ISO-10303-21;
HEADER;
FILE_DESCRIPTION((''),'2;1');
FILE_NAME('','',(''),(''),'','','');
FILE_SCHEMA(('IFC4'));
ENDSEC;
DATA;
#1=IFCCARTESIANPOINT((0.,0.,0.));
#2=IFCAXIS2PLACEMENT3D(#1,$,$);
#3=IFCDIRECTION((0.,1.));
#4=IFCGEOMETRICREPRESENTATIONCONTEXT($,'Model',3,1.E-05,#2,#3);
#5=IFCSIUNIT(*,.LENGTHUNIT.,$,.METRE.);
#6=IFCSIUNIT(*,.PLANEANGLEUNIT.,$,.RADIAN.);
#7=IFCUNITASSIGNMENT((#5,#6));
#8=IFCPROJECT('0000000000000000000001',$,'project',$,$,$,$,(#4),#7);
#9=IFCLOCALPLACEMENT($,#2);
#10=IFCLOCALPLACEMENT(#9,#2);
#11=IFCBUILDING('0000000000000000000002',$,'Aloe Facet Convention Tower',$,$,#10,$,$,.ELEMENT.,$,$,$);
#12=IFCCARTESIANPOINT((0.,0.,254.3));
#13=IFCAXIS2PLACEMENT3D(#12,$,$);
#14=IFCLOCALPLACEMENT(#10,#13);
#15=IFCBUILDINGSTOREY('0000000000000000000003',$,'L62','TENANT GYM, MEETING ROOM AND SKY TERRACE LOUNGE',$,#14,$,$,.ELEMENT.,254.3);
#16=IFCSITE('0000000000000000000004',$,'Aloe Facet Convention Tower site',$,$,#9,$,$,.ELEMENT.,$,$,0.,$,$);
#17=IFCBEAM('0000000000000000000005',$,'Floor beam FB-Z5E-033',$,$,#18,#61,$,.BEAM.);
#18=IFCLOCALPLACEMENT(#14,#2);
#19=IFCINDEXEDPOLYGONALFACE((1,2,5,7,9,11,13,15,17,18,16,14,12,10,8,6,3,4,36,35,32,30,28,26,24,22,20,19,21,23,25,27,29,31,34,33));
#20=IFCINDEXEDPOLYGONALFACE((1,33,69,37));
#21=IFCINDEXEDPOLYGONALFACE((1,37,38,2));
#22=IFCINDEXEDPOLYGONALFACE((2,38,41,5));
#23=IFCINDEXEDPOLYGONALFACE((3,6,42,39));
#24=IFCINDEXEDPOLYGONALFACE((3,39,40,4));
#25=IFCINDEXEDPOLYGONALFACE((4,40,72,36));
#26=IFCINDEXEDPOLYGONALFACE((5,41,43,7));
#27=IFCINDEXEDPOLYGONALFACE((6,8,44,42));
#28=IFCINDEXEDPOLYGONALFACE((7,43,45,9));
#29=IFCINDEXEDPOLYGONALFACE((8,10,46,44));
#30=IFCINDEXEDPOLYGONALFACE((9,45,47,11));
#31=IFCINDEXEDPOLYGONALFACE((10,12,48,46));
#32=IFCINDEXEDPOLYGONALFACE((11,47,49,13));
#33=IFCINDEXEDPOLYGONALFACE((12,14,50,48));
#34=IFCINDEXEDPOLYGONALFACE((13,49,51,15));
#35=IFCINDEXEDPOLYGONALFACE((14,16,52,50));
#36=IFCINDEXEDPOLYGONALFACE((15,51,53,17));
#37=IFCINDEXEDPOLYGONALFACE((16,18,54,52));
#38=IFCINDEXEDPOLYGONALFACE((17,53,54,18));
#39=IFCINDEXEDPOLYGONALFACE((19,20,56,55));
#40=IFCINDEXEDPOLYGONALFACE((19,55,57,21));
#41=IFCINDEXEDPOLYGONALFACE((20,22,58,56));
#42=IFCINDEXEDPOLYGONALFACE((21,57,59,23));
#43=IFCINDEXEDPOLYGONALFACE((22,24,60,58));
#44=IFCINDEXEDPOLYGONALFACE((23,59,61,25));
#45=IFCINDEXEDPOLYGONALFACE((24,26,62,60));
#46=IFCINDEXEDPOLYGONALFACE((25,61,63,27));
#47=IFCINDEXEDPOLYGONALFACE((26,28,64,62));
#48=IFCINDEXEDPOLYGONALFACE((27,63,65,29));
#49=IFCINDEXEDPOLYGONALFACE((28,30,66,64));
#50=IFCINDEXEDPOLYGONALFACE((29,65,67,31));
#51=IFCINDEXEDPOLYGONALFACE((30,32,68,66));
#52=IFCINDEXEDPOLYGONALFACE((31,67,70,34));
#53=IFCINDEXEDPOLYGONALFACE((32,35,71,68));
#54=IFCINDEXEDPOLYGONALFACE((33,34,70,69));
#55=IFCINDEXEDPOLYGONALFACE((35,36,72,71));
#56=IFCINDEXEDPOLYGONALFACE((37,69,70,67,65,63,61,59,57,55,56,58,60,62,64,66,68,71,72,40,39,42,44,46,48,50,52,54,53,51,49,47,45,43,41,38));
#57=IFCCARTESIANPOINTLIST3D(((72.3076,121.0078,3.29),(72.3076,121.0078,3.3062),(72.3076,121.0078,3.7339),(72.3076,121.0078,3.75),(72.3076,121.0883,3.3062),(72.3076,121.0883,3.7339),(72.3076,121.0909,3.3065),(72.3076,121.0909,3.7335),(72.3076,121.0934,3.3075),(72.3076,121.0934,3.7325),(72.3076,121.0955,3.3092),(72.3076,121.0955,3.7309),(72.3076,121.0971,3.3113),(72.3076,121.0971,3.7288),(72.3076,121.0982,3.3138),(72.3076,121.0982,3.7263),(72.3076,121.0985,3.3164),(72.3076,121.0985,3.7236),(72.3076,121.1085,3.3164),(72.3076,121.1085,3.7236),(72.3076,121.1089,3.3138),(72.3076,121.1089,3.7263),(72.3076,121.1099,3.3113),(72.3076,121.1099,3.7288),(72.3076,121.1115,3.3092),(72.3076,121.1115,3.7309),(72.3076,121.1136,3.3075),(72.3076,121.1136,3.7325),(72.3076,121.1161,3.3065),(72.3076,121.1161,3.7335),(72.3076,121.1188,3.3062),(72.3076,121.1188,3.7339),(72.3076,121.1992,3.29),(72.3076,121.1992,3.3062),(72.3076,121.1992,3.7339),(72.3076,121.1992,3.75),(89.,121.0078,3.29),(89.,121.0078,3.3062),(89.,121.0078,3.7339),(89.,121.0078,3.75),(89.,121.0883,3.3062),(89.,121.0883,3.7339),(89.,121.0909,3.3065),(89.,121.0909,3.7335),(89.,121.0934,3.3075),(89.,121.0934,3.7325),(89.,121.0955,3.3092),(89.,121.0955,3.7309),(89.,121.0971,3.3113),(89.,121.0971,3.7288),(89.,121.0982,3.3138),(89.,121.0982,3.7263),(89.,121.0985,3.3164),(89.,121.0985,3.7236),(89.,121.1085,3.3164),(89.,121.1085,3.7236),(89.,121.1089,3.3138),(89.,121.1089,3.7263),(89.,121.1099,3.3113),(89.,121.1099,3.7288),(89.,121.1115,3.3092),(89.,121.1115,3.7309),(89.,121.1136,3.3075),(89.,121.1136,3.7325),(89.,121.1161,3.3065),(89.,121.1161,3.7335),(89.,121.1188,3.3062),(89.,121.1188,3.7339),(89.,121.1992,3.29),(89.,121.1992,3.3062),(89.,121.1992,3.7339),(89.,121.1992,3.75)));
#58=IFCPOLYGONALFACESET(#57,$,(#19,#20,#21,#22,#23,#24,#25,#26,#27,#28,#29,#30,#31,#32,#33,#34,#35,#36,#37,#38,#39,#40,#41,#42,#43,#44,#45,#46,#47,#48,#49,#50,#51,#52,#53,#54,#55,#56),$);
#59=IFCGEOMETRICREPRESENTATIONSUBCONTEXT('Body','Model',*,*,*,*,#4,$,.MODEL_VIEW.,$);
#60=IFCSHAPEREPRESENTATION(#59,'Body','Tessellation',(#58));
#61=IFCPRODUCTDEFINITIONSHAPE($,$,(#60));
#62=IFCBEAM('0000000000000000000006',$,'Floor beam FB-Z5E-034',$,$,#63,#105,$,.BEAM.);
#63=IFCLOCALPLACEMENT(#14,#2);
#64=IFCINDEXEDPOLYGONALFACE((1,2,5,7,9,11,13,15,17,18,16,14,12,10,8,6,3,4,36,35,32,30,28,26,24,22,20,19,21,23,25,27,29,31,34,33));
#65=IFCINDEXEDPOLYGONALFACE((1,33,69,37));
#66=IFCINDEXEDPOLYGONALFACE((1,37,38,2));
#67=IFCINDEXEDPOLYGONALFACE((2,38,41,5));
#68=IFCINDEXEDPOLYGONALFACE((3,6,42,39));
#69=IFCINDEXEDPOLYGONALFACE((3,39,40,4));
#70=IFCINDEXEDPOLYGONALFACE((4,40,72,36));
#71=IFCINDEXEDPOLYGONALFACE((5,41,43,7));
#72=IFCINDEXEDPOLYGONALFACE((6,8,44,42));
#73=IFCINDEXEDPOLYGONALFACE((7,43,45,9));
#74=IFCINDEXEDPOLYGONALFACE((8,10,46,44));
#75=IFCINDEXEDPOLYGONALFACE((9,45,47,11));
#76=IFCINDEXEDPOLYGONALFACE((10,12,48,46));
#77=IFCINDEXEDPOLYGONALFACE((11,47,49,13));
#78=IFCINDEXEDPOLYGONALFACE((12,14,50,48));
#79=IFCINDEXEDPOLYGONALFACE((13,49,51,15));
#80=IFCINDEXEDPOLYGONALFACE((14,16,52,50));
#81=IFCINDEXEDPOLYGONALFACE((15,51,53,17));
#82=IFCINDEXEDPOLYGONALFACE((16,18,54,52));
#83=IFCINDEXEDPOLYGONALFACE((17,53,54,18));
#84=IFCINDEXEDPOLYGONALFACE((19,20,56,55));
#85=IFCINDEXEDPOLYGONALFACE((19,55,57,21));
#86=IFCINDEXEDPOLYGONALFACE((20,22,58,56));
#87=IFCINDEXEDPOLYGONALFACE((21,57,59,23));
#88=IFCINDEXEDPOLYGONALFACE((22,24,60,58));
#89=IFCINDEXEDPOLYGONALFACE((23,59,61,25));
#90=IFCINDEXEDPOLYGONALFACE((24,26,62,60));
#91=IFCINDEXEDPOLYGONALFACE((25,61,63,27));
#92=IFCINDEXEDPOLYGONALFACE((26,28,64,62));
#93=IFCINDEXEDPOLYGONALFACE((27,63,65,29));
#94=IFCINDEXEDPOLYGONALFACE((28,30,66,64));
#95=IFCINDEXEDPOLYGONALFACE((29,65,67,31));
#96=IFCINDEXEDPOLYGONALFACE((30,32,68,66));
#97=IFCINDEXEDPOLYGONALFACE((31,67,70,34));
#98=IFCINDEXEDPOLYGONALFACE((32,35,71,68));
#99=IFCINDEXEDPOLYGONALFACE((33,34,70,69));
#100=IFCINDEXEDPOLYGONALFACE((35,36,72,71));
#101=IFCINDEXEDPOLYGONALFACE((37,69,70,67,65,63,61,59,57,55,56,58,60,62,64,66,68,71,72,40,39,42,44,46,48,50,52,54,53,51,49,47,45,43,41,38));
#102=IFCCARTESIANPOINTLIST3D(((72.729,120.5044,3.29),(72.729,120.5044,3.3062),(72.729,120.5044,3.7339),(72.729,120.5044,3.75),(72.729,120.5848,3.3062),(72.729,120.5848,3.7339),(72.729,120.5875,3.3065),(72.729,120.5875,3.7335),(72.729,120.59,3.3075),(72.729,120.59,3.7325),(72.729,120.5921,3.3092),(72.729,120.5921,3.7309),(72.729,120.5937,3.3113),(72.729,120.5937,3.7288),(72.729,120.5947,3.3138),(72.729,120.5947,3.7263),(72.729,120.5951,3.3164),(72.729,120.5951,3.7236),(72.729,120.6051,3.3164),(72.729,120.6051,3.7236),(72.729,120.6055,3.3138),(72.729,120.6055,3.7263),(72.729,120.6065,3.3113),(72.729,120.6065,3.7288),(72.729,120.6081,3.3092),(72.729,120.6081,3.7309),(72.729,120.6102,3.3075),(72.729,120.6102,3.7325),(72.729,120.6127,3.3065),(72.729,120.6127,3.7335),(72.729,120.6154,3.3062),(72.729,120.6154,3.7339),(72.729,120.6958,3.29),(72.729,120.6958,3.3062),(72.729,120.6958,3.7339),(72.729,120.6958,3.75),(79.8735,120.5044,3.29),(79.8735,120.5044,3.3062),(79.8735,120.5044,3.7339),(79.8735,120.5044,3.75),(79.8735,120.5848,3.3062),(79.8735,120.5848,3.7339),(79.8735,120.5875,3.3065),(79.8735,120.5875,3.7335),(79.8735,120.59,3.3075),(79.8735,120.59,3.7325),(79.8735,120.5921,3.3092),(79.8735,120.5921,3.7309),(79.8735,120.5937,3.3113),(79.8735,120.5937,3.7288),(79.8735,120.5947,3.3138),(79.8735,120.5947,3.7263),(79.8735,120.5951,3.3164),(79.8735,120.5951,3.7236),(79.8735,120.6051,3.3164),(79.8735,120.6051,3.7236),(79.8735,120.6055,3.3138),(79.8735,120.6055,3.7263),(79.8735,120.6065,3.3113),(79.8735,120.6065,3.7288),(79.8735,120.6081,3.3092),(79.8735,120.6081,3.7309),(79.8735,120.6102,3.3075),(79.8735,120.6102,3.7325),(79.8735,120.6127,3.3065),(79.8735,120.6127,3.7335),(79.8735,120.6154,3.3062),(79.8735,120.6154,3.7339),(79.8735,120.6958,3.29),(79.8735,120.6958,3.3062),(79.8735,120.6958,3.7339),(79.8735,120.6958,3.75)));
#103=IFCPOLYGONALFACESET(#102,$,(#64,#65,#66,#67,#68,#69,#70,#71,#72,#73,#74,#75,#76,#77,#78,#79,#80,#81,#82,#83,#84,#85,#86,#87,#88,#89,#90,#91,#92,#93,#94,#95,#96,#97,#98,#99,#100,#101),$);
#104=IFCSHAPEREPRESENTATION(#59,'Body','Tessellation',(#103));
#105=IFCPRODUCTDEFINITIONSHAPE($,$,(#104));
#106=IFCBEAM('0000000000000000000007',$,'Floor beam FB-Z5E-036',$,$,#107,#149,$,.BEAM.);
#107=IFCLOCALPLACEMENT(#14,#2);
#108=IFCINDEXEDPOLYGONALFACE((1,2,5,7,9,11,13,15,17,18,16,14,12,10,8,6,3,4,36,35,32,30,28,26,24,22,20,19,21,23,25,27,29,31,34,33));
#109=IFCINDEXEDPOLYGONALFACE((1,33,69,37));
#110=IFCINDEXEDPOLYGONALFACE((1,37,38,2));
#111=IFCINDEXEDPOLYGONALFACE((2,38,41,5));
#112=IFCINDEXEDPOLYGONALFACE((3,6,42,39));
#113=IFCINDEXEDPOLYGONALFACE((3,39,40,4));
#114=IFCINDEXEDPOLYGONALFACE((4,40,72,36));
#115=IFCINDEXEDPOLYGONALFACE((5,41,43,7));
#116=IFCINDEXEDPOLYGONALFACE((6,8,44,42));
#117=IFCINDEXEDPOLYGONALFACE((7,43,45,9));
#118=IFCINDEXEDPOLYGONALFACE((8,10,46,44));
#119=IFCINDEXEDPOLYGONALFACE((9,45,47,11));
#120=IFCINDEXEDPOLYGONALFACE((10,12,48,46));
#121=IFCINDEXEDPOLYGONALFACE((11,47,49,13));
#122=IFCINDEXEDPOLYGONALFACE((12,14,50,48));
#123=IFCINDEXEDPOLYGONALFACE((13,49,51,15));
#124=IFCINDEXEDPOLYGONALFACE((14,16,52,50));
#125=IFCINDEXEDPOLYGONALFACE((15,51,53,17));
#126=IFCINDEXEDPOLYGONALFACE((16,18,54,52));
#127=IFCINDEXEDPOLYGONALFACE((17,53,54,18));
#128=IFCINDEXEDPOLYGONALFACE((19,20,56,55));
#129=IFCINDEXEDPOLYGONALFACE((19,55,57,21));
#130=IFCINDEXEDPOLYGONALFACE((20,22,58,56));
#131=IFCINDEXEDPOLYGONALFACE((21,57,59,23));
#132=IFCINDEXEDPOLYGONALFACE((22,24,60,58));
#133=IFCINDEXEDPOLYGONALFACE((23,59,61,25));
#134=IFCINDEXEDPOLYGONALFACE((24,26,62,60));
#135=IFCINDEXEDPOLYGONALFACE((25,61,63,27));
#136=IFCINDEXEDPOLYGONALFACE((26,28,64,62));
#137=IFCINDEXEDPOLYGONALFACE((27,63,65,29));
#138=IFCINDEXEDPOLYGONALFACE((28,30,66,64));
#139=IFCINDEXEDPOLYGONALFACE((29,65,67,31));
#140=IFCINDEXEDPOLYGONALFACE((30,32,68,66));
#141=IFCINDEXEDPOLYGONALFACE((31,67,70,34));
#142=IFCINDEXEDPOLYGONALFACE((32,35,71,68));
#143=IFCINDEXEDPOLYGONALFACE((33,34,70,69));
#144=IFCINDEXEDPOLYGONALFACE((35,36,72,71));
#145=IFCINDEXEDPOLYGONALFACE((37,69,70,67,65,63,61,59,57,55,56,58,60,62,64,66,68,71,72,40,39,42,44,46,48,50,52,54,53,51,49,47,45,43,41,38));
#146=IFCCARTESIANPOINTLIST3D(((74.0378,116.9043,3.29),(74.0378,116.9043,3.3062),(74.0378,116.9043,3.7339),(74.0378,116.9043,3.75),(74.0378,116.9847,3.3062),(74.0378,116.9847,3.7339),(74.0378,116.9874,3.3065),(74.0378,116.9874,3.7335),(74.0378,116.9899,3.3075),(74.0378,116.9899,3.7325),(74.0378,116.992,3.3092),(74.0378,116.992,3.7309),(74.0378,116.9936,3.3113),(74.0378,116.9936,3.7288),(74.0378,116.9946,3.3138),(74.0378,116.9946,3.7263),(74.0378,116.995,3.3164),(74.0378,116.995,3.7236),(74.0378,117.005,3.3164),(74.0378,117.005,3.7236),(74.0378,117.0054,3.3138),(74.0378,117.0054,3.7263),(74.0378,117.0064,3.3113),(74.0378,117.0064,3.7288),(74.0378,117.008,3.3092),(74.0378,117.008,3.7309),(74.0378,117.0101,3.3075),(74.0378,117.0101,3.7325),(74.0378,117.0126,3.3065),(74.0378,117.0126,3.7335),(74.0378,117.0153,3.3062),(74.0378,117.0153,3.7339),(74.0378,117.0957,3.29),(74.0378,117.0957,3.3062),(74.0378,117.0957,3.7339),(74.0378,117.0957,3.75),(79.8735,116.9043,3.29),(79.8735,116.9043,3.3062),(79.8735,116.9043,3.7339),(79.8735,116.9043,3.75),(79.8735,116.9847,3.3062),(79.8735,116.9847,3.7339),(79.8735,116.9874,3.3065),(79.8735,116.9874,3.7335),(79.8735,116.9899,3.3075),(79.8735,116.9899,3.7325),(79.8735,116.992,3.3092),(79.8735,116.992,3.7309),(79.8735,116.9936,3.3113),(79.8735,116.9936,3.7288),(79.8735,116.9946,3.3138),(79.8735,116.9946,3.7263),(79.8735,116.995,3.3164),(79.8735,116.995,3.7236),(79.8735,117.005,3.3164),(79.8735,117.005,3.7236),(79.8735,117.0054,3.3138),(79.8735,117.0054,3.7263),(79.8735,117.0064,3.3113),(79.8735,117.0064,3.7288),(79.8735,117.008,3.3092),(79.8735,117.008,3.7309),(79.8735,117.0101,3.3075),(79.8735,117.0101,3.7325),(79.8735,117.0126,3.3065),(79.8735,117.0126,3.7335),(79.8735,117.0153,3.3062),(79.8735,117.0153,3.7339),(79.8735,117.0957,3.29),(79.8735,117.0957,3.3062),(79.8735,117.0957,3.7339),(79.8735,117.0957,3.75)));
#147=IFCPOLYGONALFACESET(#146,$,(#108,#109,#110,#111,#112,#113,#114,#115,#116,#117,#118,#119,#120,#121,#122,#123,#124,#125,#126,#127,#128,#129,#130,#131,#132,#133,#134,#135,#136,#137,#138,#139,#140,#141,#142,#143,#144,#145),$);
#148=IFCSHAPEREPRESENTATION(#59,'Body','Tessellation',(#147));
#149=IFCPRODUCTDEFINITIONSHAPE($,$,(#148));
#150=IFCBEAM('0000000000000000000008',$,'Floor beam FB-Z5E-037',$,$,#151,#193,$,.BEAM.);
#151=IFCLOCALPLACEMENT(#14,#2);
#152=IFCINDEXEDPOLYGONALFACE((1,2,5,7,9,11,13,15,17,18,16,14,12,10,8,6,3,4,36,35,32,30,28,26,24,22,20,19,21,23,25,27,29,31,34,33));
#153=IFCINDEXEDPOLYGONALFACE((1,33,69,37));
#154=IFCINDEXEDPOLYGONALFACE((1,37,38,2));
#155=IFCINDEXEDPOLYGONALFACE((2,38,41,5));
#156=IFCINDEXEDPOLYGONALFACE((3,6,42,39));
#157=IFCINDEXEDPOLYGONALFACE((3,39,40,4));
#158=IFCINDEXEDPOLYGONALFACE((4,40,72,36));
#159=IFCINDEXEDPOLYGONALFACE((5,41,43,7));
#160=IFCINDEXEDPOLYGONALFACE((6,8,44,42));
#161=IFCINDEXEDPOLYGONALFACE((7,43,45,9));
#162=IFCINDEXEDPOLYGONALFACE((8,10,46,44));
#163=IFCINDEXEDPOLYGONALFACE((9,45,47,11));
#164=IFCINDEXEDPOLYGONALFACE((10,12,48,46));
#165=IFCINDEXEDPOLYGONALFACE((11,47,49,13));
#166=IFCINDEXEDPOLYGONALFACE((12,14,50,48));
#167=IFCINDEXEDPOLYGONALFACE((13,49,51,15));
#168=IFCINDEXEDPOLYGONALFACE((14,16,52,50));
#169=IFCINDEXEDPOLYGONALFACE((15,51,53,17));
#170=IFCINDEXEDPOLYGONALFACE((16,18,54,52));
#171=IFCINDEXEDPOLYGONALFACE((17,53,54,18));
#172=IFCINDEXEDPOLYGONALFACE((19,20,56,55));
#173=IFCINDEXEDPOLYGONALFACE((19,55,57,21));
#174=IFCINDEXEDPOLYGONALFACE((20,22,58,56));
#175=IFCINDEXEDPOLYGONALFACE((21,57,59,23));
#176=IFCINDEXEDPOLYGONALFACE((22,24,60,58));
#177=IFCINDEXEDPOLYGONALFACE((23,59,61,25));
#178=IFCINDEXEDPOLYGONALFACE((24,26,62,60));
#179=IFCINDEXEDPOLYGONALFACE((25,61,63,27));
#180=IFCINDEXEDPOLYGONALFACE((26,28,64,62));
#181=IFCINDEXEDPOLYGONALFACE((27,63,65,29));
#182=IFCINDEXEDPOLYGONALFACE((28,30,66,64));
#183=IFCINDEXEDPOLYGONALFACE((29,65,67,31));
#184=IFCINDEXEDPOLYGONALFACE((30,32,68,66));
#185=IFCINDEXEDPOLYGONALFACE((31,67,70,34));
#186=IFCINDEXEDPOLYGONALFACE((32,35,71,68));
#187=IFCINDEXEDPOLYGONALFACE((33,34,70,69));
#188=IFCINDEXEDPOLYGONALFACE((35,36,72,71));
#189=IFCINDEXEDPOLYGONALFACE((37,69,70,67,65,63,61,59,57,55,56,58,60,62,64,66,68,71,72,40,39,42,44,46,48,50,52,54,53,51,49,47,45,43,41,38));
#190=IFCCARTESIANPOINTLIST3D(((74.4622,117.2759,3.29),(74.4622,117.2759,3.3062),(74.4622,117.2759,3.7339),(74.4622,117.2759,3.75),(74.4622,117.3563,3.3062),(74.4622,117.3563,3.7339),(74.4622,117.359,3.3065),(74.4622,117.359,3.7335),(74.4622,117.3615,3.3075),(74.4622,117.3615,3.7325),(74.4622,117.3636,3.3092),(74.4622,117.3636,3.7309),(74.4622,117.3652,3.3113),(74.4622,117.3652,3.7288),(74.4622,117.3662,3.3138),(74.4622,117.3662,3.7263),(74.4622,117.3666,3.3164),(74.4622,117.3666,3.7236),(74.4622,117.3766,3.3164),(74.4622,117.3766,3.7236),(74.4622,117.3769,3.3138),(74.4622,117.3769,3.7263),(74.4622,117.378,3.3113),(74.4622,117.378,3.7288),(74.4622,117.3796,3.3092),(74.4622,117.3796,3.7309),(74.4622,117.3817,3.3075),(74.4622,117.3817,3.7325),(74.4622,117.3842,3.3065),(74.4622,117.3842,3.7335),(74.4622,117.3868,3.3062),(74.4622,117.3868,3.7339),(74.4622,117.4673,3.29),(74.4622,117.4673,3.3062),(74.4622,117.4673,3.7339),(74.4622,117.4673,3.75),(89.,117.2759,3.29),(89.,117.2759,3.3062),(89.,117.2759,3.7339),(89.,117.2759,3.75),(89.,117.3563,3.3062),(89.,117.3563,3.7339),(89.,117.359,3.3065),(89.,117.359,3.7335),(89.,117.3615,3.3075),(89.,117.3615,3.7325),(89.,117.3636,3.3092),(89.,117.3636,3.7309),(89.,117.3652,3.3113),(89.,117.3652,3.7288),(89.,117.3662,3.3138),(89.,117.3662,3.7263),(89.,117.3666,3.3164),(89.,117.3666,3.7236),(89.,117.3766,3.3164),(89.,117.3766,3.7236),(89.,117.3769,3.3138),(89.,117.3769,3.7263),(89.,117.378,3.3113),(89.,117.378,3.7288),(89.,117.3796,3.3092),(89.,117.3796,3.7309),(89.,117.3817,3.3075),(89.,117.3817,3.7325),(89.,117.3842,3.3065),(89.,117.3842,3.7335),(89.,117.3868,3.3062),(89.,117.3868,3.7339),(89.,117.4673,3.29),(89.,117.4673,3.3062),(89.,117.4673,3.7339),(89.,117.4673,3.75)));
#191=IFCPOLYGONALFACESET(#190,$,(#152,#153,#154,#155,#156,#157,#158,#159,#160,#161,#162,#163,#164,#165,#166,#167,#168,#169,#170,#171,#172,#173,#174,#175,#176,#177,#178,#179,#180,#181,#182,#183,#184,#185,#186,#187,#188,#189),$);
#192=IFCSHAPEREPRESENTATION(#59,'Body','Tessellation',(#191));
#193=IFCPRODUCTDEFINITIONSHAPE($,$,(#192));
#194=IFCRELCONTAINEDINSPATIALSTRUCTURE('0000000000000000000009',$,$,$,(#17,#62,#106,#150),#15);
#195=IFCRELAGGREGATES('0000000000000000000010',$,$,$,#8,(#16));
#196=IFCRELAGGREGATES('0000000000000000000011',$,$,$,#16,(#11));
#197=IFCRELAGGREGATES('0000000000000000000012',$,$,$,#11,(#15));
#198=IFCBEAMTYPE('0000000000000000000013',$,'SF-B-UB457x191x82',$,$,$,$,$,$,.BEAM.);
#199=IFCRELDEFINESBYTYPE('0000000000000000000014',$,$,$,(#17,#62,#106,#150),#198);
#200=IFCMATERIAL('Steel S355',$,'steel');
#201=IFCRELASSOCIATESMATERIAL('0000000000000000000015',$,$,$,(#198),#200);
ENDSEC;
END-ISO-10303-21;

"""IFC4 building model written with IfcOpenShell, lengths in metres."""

from ifc_helpers import new_model, si_unit, direction, frame, origin, origin_2d, place, context, subcontext, project, spatial, i_section, extrude, material, material_profile, profile_set, type_object, element, save


model = new_model("IFC4")

# Units and contexts
model_context = context("Model", 3, precision=1e-05, world=origin(), true_north=direction((0.0, 1.0)))
body_context = subcontext(model_context, "Body", "Model", "MODEL_VIEW")
ifc_project = project(units=[si_unit("LENGTHUNIT", "METRE"), si_unit("PLANEANGLEUNIT", "RADIAN")], contexts=[model_context])

# Site, building, storey
site_placement = place(None, origin())
site = spatial("IfcSite", under=ifc_project, at=site_placement, Name="Aloe Facet Convention Tower site", CompositionType="ELEMENT", RefElevation=0.0)
building_placement = place(site_placement, origin())
building = spatial("IfcBuilding", under=site, at=building_placement, Name="Aloe Facet Convention Tower", CompositionType="ELEMENT")
storey_placement = place(building_placement, frame((0.0, 0.0, 254.3)))
storey = spatial("IfcBuildingStorey", under=building, at=storey_placement, Name="L62", Description="TENANT GYM, MEETING ROOM AND SKY TERRACE LOUNGE", CompositionType="ELEMENT", Elevation=254.3)

# Beams
ifc_material_1 = material(Name="Steel S355", Category="steel")
ifc_material_profile_1 = material_profile(ifc_material_1, i_section(OverallWidth=0.1914, OverallDepth=0.46, WebThickness=0.01, FlangeThickness=0.0161, FilletRadius=0.0103, at=origin_2d()), Name="UB 457x191x82")
ifc_profile_set_1 = profile_set([ifc_material_profile_1], Name="Steel S355")
beam_type_1 = type_object("IfcBeamType", Name="SF-B-UB457x191x82", PredefinedType="BEAM", material=ifc_profile_set_1)
beam_1_placement = place(storey_placement, frame((72.3076, 121.1035, 3.52), z_axis=(1.0, 0.0, 0.0), x_axis=(0.0, 1.0, 0.0)))
element("IfcBeam", 1, at=beam_1_placement, inside=storey, type_object=beam_type_1, Name="Floor beam FB-Z5E-033", PredefinedType="BEAM", context=body_context, shape_type="SweptSolid", body=[
    extrude(i_section(OverallWidth=0.1914, OverallDepth=0.46, WebThickness=0.01, FlangeThickness=0.0161, FilletRadius=0.0103, at=origin_2d()), origin(), (0.0, 0.0, 1.0), 16.6924),
])
beam_2_placement = place(storey_placement, frame((72.729, 120.6001, 3.52), z_axis=(1.0, 0.0, 0.0), x_axis=(0.0, 1.0, 0.0)))
element("IfcBeam", 2, at=beam_2_placement, inside=storey, type_object=beam_type_1, Name="Floor beam FB-Z5E-034", PredefinedType="BEAM", context=body_context, shape_type="SweptSolid", body=[
    extrude(i_section(OverallWidth=0.1914, OverallDepth=0.46, WebThickness=0.01, FlangeThickness=0.0161, FilletRadius=0.0103, at=origin_2d()), origin(), (0.0, 0.0, 1.0), 7.1445),
])
beam_3_placement = place(storey_placement, frame((74.0378, 117.0, 3.52), z_axis=(1.0, 0.0, 0.0), x_axis=(0.0, 1.0, 0.0)))
element("IfcBeam", 3, at=beam_3_placement, inside=storey, type_object=beam_type_1, Name="Floor beam FB-Z5E-036", PredefinedType="BEAM", context=body_context, shape_type="SweptSolid", body=[
    extrude(i_section(OverallWidth=0.1914, OverallDepth=0.46, WebThickness=0.01, FlangeThickness=0.0161, FilletRadius=0.0103, at=origin_2d()), origin(), (0.0, 0.0, 1.0), 5.8357),
])
beam_4_placement = place(storey_placement, frame((74.4622, 117.3716, 3.52), z_axis=(1.0, 0.0, 0.0), x_axis=(0.0, 1.0, 0.0)))
element("IfcBeam", 4, at=beam_4_placement, inside=storey, type_object=beam_type_1, Name="Floor beam FB-Z5E-037", PredefinedType="BEAM", context=body_context, shape_type="SweptSolid", body=[
    extrude(i_section(OverallWidth=0.1914, OverallDepth=0.46, WebThickness=0.01, FlangeThickness=0.0161, FilletRadius=0.0103, at=origin_2d()), origin(), (0.0, 0.0, 1.0), 14.5378),
])

save(model, "model.ifc")
